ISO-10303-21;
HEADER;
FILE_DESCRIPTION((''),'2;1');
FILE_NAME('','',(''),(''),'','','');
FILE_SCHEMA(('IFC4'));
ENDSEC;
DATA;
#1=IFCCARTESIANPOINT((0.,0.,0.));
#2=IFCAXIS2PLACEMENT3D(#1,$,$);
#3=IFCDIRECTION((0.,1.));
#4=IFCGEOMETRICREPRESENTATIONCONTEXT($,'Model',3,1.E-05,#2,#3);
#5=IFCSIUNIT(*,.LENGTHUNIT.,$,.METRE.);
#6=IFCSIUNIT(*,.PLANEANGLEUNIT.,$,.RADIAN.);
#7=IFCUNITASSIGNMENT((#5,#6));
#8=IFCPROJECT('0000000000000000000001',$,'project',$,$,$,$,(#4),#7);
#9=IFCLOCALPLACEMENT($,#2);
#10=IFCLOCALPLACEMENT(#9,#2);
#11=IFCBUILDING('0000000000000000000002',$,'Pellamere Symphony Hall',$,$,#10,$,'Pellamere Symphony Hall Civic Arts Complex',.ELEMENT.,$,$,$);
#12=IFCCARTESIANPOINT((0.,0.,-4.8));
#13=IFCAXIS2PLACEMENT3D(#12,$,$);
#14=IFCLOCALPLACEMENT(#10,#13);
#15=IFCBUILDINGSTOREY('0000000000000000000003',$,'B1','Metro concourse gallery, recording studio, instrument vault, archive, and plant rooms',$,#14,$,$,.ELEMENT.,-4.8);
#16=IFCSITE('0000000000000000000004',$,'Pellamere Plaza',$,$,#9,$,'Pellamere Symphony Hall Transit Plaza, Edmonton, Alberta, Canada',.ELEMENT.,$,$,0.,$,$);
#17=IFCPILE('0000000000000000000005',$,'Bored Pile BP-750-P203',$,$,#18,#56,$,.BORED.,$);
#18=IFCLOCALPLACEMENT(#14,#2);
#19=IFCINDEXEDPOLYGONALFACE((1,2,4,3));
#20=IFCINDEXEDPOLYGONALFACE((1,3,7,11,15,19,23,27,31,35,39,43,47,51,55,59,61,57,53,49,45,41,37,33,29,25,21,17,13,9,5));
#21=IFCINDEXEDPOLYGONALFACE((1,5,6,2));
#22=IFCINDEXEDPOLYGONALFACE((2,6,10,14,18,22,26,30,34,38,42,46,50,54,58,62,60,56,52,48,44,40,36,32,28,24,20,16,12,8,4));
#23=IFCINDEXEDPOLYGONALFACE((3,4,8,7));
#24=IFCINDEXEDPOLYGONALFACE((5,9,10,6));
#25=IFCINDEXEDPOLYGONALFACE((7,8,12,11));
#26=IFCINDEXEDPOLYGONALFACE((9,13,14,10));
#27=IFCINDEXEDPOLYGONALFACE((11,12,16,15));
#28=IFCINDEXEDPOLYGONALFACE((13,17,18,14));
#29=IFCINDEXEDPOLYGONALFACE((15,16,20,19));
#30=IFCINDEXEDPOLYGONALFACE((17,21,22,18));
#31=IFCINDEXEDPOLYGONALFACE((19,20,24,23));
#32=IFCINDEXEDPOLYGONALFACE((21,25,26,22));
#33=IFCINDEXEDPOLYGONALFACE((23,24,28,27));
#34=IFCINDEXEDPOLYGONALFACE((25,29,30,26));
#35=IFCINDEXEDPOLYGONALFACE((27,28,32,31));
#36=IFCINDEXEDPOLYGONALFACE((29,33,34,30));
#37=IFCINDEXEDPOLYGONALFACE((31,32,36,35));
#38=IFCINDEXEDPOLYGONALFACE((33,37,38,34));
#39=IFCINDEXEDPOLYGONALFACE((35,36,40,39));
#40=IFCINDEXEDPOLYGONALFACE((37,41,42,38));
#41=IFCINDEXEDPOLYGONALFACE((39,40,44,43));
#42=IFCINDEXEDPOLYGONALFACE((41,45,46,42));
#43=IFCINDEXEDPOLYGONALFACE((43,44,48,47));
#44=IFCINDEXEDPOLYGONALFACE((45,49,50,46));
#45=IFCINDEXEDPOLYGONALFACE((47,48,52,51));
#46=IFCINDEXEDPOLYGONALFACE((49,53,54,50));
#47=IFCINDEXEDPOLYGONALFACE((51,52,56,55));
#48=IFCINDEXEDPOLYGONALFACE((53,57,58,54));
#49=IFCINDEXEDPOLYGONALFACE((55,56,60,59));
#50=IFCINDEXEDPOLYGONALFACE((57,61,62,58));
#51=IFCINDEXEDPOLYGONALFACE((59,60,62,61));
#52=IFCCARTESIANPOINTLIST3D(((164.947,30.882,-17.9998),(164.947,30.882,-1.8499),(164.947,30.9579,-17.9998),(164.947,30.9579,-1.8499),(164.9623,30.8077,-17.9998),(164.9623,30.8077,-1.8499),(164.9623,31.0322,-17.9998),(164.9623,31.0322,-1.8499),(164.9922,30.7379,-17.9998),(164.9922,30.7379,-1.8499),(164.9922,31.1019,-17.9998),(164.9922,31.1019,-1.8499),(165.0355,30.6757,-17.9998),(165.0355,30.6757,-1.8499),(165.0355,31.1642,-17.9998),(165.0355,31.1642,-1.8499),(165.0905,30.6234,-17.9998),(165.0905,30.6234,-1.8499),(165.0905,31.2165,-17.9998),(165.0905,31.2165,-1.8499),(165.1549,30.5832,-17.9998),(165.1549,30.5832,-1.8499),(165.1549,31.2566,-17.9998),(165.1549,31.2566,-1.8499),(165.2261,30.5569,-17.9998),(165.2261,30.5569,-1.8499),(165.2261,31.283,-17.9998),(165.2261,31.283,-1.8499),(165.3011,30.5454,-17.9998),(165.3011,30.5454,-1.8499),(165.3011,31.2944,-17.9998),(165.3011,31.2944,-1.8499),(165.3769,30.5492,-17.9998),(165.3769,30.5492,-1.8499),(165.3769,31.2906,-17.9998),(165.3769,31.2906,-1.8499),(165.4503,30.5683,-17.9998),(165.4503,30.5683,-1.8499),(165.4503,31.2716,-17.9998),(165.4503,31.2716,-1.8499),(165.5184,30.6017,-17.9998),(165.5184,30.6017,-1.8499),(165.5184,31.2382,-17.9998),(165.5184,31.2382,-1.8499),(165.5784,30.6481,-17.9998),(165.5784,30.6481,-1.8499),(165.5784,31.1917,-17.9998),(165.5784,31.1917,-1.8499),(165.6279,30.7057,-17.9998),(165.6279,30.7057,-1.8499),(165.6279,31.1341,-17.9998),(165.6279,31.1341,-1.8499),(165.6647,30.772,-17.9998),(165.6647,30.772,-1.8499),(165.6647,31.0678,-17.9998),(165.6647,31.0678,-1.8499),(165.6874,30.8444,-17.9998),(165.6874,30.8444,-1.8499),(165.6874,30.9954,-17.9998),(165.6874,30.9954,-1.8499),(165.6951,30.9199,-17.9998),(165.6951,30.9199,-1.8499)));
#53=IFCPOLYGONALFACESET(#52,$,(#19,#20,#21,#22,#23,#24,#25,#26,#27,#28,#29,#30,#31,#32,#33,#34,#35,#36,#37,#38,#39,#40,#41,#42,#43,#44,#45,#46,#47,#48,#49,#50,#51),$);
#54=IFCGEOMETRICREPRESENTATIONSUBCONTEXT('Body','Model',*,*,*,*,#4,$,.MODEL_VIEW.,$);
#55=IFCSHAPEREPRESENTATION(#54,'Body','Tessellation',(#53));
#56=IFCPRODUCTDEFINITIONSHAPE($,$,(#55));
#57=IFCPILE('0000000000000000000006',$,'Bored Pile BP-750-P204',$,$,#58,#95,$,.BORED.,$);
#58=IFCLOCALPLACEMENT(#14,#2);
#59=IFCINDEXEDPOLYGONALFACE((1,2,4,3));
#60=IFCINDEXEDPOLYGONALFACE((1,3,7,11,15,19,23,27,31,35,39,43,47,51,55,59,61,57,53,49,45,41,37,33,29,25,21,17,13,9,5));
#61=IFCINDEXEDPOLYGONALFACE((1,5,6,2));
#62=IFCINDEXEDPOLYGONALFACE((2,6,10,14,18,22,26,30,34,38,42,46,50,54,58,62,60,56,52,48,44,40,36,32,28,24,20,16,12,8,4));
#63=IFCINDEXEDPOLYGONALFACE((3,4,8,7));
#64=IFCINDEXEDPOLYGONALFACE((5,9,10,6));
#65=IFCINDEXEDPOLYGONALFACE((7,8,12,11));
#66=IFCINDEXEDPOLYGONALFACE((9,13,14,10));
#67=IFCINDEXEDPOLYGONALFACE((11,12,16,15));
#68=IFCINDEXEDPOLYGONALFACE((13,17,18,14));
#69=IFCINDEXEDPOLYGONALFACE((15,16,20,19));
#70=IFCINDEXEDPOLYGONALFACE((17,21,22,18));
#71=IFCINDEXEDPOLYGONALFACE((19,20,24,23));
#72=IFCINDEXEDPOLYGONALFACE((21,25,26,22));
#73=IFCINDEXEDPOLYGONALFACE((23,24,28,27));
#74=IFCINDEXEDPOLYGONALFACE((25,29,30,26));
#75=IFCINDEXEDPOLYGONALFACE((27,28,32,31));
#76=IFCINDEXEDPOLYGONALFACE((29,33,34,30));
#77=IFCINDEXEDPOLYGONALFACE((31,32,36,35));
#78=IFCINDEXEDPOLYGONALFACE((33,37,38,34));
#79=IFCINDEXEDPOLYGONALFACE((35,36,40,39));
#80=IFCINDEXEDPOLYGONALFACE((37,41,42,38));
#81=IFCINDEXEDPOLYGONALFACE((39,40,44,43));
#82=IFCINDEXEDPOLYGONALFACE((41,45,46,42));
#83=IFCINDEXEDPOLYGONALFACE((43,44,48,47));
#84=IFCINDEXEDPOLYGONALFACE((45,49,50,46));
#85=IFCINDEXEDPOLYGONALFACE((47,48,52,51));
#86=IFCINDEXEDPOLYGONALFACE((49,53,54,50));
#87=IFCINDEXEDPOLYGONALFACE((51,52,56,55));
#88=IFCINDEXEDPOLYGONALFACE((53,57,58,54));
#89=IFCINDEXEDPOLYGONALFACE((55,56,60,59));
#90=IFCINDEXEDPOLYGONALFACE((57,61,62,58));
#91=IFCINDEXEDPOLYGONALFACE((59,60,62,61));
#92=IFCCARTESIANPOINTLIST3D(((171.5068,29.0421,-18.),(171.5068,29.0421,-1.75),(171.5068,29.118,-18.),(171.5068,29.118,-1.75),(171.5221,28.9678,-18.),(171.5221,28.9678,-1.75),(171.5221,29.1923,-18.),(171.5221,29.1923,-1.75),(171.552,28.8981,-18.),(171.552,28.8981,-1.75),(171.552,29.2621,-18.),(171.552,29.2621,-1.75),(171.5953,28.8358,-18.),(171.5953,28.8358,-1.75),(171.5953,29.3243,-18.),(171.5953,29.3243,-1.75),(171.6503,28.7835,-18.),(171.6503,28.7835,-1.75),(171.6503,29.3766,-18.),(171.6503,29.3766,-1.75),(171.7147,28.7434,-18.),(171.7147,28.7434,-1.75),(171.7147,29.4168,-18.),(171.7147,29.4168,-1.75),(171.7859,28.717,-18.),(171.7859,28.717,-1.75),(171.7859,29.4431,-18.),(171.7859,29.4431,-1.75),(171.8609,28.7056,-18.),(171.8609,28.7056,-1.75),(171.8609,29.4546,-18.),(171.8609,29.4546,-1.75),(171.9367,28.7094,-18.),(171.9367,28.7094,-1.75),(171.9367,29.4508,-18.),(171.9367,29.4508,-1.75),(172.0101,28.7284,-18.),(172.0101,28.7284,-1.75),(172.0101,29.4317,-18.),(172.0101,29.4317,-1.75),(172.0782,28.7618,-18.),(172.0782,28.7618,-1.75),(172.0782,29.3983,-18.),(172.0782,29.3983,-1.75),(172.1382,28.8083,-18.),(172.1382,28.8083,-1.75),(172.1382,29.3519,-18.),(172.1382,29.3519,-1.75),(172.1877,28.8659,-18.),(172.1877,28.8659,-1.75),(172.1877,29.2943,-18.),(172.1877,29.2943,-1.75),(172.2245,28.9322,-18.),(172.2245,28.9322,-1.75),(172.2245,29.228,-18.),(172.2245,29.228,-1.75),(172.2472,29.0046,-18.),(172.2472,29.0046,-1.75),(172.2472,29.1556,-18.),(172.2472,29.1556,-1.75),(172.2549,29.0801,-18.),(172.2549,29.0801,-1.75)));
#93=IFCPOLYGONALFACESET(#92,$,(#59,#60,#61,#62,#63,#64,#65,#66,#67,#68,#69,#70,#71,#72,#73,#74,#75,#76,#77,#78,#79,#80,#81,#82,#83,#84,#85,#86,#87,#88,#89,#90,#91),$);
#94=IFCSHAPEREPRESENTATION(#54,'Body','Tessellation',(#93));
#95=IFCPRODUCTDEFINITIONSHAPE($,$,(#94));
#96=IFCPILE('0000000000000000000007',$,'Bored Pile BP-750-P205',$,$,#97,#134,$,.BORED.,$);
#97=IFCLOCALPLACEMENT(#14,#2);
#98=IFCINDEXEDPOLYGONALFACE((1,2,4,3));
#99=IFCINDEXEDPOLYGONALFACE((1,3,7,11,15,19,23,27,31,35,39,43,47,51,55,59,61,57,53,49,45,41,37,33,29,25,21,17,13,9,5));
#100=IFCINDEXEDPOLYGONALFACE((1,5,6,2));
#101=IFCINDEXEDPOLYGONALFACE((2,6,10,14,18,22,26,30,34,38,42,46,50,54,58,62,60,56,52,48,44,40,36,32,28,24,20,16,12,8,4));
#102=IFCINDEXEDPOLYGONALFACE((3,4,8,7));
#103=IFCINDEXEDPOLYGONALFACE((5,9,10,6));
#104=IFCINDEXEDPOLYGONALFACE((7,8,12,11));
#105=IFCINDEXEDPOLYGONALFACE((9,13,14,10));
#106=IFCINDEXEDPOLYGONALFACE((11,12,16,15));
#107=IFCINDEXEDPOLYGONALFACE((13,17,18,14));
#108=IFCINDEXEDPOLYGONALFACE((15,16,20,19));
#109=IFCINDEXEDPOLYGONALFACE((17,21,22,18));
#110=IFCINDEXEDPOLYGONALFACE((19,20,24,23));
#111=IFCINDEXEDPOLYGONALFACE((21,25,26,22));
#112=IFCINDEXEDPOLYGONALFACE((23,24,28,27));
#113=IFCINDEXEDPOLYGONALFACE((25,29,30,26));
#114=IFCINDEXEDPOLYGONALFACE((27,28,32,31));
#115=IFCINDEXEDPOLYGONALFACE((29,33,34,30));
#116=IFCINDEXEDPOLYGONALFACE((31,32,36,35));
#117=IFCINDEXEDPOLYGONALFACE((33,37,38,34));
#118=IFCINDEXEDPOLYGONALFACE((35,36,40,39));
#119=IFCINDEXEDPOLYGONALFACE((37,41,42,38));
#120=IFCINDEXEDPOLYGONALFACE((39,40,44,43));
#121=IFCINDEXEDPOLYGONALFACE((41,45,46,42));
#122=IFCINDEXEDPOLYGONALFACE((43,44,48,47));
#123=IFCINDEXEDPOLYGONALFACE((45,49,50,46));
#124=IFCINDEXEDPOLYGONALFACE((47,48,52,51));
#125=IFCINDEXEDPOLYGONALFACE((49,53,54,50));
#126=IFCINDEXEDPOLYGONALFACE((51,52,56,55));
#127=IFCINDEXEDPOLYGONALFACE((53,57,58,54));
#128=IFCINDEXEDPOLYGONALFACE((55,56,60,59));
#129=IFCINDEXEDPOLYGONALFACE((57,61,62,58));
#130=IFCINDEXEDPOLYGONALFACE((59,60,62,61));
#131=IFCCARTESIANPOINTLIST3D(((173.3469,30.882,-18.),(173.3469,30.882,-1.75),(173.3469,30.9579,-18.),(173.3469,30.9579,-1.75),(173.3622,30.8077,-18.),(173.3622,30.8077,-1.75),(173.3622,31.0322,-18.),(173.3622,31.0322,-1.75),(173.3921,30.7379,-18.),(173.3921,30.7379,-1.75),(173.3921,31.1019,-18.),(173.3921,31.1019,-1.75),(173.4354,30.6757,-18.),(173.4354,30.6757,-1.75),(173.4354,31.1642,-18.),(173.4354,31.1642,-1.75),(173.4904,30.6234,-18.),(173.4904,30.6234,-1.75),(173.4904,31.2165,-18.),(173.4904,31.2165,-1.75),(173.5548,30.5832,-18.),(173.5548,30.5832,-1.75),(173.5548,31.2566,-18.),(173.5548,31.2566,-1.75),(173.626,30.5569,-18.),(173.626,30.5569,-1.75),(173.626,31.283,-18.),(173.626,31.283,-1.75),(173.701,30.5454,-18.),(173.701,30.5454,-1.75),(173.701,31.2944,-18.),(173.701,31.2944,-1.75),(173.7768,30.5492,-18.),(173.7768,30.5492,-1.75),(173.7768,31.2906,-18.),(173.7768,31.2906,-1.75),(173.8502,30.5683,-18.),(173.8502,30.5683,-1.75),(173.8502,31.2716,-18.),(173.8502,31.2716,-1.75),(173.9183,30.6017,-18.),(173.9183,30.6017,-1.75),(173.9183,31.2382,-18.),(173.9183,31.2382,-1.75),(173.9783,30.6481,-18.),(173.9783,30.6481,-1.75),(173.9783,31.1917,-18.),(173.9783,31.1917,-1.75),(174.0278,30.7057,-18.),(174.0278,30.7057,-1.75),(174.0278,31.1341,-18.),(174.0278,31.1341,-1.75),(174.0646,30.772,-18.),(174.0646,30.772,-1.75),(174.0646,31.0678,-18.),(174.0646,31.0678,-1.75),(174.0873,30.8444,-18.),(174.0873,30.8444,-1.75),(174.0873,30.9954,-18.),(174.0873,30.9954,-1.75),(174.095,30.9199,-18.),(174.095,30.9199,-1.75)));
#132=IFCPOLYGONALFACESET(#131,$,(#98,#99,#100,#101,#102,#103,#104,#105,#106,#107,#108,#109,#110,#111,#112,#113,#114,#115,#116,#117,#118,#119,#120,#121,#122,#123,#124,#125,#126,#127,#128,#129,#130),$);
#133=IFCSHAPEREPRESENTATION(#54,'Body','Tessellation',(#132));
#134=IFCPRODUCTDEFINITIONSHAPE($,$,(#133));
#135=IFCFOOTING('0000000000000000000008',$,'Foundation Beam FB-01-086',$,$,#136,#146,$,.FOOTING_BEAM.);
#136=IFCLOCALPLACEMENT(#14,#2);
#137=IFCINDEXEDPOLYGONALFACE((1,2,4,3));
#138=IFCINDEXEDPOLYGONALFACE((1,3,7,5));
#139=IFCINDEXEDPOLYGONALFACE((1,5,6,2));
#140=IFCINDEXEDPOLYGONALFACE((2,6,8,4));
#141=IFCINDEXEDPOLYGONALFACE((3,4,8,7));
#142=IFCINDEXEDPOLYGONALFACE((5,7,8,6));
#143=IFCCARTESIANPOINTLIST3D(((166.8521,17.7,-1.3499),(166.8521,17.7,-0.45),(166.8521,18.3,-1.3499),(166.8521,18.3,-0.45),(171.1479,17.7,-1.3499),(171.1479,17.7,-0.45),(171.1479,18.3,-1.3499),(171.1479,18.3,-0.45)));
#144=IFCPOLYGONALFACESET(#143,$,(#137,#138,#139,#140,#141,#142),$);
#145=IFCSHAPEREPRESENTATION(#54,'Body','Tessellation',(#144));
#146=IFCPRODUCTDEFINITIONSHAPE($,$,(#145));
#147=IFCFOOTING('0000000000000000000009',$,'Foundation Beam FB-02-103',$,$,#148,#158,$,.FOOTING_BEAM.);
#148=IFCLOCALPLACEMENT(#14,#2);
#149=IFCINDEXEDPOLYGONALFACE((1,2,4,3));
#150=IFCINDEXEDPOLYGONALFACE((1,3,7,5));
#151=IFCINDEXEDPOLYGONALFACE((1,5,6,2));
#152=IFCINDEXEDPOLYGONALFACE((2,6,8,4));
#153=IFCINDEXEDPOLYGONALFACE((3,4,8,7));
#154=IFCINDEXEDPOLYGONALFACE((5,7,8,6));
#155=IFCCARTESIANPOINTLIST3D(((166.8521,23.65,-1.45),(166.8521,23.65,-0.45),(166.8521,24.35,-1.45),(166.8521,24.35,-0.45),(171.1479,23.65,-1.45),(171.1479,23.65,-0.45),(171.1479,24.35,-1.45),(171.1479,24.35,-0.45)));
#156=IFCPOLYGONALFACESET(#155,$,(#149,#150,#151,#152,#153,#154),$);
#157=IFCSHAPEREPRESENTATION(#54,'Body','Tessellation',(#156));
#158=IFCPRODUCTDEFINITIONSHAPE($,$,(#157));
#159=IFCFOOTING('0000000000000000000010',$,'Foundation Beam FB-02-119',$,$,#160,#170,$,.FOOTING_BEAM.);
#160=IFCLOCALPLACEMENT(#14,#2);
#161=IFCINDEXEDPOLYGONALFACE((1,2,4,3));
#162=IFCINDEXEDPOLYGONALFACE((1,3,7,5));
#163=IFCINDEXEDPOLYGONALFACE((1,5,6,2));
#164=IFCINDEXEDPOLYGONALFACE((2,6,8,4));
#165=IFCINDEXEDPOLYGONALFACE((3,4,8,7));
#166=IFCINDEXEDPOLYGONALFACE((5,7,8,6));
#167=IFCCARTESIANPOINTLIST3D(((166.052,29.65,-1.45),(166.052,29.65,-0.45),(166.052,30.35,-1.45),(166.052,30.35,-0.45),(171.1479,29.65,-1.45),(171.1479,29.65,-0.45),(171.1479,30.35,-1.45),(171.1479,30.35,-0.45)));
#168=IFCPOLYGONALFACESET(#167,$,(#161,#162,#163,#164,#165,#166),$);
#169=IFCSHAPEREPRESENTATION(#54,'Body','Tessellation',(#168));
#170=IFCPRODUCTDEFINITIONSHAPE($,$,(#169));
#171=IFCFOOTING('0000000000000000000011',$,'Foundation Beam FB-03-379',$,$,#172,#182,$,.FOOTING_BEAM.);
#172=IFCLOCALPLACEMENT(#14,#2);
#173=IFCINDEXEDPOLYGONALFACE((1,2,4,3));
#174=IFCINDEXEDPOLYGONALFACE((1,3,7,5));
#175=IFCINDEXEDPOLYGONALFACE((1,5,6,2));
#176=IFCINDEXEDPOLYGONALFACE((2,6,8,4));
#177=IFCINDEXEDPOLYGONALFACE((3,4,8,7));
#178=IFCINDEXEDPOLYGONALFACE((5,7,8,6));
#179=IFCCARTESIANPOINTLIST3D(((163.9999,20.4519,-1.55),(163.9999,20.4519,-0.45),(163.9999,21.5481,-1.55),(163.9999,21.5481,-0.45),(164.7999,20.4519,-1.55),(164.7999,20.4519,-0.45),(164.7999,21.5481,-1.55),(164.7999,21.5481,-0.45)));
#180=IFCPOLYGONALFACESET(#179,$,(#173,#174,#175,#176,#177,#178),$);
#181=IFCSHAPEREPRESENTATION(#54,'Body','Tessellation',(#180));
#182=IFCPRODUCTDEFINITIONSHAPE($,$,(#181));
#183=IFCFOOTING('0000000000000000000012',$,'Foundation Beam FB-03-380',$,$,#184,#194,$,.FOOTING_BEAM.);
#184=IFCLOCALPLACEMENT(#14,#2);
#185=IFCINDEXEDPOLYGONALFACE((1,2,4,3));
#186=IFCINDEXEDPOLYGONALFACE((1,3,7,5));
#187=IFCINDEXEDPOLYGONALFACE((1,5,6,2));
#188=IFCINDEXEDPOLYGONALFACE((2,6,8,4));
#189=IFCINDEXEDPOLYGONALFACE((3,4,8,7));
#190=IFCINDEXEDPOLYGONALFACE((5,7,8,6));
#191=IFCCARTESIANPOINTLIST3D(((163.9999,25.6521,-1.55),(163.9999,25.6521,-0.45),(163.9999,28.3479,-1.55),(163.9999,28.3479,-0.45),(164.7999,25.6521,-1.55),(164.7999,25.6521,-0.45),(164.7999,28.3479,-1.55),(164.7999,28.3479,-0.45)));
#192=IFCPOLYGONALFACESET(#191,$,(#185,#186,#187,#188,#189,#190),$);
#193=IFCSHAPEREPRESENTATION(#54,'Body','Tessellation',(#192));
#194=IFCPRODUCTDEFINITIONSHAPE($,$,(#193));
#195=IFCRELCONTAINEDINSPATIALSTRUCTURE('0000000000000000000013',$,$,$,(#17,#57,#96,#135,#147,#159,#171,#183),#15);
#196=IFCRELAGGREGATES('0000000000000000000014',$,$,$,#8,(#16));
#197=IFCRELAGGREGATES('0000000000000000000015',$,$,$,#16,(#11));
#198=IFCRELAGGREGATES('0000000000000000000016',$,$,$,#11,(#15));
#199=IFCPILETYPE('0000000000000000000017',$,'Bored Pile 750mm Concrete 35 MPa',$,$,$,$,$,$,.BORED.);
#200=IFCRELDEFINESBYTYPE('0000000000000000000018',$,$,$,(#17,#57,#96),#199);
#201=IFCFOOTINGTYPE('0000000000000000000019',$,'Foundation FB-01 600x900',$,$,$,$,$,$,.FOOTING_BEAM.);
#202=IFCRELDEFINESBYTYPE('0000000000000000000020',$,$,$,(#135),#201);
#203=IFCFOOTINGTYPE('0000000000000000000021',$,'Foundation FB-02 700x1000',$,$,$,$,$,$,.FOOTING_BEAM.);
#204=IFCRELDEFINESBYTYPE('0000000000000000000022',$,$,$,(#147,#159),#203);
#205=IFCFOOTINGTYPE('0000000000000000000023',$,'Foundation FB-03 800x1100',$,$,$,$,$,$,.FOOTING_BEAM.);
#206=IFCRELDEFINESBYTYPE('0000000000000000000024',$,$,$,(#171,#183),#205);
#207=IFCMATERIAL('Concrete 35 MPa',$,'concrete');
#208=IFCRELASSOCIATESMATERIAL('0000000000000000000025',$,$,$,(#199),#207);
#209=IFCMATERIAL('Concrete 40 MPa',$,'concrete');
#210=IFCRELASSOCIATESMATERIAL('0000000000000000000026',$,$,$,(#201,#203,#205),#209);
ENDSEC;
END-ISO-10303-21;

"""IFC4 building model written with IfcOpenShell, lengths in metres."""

from ifc_helpers import new_model, si_unit, direction, frame, origin, origin_2d, place, context, subcontext, project, spatial, rectangle, circle, extrude, material, material_profile, profile_set, type_object, element, save


model = new_model("IFC4")

# Units and contexts
model_context = context("Model", 3, precision=1e-05, world=origin(), true_north=direction((0.0, 1.0)))
body_context = subcontext(model_context, "Body", "Model", "MODEL_VIEW")
ifc_project = project(units=[si_unit("LENGTHUNIT", "METRE"), si_unit("PLANEANGLEUNIT", "RADIAN")], contexts=[model_context])

# Site, building, storey
site_placement = place(None, origin())
site = spatial("IfcSite", under=ifc_project, at=site_placement, Name="Pellamere Plaza", LongName="Pellamere Symphony Hall Transit Plaza, Edmonton, Alberta, Canada", CompositionType="ELEMENT", RefElevation=0.0)
building_placement = place(site_placement, origin())
building = spatial("IfcBuilding", under=site, at=building_placement, Name="Pellamere Symphony Hall", LongName="Pellamere Symphony Hall Civic Arts Complex", CompositionType="ELEMENT")
storey_placement = place(building_placement, frame((0.0, 0.0, -4.8)))
storey = spatial("IfcBuildingStorey", under=building, at=storey_placement, Name="B1", Description="Metro concourse gallery, recording studio, instrument vault, archive, and plant rooms", CompositionType="ELEMENT", Elevation=-4.8)

# Piles
ifc_material_1 = material(Name="Concrete 35 MPa", Category="concrete")
ifc_material_profile_1 = material_profile(ifc_material_1, circle(Radius=0.375, at=origin_2d()), Name="PILE D750")
ifc_profile_set_1 = profile_set([ifc_material_profile_1], Name="Concrete 35 MPa")
pile_type = type_object("IfcPileType", Name="Bored Pile 750mm Concrete 35 MPa", PredefinedType="BORED", material=ifc_profile_set_1)
for number, where, z_axis, x_axis, name in (
    (1, (165.3201, 30.9199, -1.8499), (0.0, 0.0, -1.0), (1.0, 0.0, 0.0), "Bored Pile BP-750-P203"),
):
    element("IfcPile", number, at=place(storey_placement, frame(where, z_axis=z_axis, x_axis=x_axis)), inside=storey, type_object=pile_type, Name=name, PredefinedType="BORED", context=body_context, shape_type="SweptSolid", body=[
        extrude(circle(Radius=0.375, at=origin_2d()), origin(), (0.0, 0.0, 1.0), 16.1499),
    ])
for number, where, z_axis, x_axis, name in (
    (2, (171.8799, 29.0801, -1.75), (0.0, 0.0, -1.0), (1.0, 0.0, 0.0), "Bored Pile BP-750-P204"),
    (3, (173.72, 30.9199, -1.75), (0.0, 0.0, -1.0), (1.0, 0.0, 0.0), "Bored Pile BP-750-P205"),
):
    element("IfcPile", number, at=place(storey_placement, frame(where, z_axis=z_axis, x_axis=x_axis)), inside=storey, type_object=pile_type, Name=name, PredefinedType="BORED", context=body_context, shape_type="SweptSolid", body=[
        extrude(circle(Radius=0.375, at=origin_2d()), origin(), (0.0, 0.0, 1.0), 16.25),
    ])

# Footings
ifc_material_2 = material(Name="Concrete 40 MPa", Category="concrete")
ifc_material_profile_2 = material_profile(ifc_material_2, rectangle(XDim=0.6001, YDim=0.8999, at=origin_2d()), Name="RC 600x900")
ifc_profile_set_2 = profile_set([ifc_material_profile_2], Name="Concrete 40 MPa")
footing_type_1 = type_object("IfcFootingType", Name="Foundation FB-01 600x900", PredefinedType="FOOTING_BEAM", material=ifc_profile_set_2)
footing_1_placement = place(storey_placement, frame((166.8521, 18.0, -0.8999), z_axis=(1.0, 0.0, 0.0), x_axis=(0.0, 1.0, 0.0)))
element("IfcFooting", 4, at=footing_1_placement, inside=storey, type_object=footing_type_1, Name="Foundation Beam FB-01-086", PredefinedType="FOOTING_BEAM", context=body_context, shape_type="SweptSolid", body=[
    extrude(rectangle(XDim=0.6001, YDim=0.8999, at=origin_2d()), origin(), (0.0, 0.0, 1.0), 4.2959),
])
ifc_material_profile_3 = material_profile(ifc_material_2, rectangle(XDim=0.7, YDim=1.0, at=origin_2d()), Name="RC 700x1000")
ifc_profile_set_3 = profile_set([ifc_material_profile_3], Name="Concrete 40 MPa")
footing_type_2 = type_object("IfcFootingType", Name="Foundation FB-02 700x1000", PredefinedType="FOOTING_BEAM", material=ifc_profile_set_3)
footing_2_placement = place(storey_placement, frame((166.8521, 24.0, -0.95), z_axis=(1.0, 0.0, 0.0), x_axis=(0.0, 1.0, 0.0)))
element("IfcFooting", 5, at=footing_2_placement, inside=storey, type_object=footing_type_2, Name="Foundation Beam FB-02-103", PredefinedType="FOOTING_BEAM", context=body_context, shape_type="SweptSolid", body=[
    extrude(rectangle(XDim=0.7, YDim=1.0, at=origin_2d()), origin(), (0.0, 0.0, 1.0), 4.2959),
])
footing_3_placement = place(storey_placement, frame((166.052, 30.0, -0.95), z_axis=(1.0, 0.0, 0.0), x_axis=(0.0, 1.0, 0.0)))
element("IfcFooting", 6, at=footing_3_placement, inside=storey, type_object=footing_type_2, Name="Foundation Beam FB-02-119", PredefinedType="FOOTING_BEAM", context=body_context, shape_type="SweptSolid", body=[
    extrude(rectangle(XDim=0.7, YDim=1.0, at=origin_2d()), origin(), (0.0, 0.0, 1.0), 5.0959),
])
ifc_material_profile_4 = material_profile(ifc_material_2, rectangle(XDim=0.8, YDim=1.1001, at=origin_2d()), Name="RC 800x1100")
ifc_profile_set_4 = profile_set([ifc_material_profile_4], Name="Concrete 40 MPa")
footing_type_3 = type_object("IfcFootingType", Name="Foundation FB-03 800x1100", PredefinedType="FOOTING_BEAM", material=ifc_profile_set_4)
footing_4_placement = place(storey_placement, frame((164.3999, 20.4519, -1.0), z_axis=(0.0, 1.0, 0.0), x_axis=(-1.0, 0.0, 0.0)))
element("IfcFooting", 7, at=footing_4_placement, inside=storey, type_object=footing_type_3, Name="Foundation Beam FB-03-379", PredefinedType="FOOTING_BEAM", context=body_context, shape_type="SweptSolid", body=[
    extrude(rectangle(XDim=0.8, YDim=1.1001, at=origin_2d()), origin(), (0.0, 0.0, 1.0), 1.0962),
])
for number, where, z_axis, x_axis, name in (
    (8, (164.3999, 25.6521, -1.0), (0.0, 1.0, 0.0), (-1.0, 0.0, 0.0), "Foundation Beam FB-03-380"),
):
    element("IfcFooting", number, at=place(storey_placement, frame(where, z_axis=z_axis, x_axis=x_axis)), inside=storey, type_object=footing_type_3, Name=name, PredefinedType="FOOTING_BEAM", context=body_context, shape_type="SweptSolid", body=[
        extrude(rectangle(XDim=0.8, YDim=1.1001, at=origin_2d()), origin(), (0.0, 0.0, 1.0), 2.6958),
    ])

save(model, "model.ifc")
